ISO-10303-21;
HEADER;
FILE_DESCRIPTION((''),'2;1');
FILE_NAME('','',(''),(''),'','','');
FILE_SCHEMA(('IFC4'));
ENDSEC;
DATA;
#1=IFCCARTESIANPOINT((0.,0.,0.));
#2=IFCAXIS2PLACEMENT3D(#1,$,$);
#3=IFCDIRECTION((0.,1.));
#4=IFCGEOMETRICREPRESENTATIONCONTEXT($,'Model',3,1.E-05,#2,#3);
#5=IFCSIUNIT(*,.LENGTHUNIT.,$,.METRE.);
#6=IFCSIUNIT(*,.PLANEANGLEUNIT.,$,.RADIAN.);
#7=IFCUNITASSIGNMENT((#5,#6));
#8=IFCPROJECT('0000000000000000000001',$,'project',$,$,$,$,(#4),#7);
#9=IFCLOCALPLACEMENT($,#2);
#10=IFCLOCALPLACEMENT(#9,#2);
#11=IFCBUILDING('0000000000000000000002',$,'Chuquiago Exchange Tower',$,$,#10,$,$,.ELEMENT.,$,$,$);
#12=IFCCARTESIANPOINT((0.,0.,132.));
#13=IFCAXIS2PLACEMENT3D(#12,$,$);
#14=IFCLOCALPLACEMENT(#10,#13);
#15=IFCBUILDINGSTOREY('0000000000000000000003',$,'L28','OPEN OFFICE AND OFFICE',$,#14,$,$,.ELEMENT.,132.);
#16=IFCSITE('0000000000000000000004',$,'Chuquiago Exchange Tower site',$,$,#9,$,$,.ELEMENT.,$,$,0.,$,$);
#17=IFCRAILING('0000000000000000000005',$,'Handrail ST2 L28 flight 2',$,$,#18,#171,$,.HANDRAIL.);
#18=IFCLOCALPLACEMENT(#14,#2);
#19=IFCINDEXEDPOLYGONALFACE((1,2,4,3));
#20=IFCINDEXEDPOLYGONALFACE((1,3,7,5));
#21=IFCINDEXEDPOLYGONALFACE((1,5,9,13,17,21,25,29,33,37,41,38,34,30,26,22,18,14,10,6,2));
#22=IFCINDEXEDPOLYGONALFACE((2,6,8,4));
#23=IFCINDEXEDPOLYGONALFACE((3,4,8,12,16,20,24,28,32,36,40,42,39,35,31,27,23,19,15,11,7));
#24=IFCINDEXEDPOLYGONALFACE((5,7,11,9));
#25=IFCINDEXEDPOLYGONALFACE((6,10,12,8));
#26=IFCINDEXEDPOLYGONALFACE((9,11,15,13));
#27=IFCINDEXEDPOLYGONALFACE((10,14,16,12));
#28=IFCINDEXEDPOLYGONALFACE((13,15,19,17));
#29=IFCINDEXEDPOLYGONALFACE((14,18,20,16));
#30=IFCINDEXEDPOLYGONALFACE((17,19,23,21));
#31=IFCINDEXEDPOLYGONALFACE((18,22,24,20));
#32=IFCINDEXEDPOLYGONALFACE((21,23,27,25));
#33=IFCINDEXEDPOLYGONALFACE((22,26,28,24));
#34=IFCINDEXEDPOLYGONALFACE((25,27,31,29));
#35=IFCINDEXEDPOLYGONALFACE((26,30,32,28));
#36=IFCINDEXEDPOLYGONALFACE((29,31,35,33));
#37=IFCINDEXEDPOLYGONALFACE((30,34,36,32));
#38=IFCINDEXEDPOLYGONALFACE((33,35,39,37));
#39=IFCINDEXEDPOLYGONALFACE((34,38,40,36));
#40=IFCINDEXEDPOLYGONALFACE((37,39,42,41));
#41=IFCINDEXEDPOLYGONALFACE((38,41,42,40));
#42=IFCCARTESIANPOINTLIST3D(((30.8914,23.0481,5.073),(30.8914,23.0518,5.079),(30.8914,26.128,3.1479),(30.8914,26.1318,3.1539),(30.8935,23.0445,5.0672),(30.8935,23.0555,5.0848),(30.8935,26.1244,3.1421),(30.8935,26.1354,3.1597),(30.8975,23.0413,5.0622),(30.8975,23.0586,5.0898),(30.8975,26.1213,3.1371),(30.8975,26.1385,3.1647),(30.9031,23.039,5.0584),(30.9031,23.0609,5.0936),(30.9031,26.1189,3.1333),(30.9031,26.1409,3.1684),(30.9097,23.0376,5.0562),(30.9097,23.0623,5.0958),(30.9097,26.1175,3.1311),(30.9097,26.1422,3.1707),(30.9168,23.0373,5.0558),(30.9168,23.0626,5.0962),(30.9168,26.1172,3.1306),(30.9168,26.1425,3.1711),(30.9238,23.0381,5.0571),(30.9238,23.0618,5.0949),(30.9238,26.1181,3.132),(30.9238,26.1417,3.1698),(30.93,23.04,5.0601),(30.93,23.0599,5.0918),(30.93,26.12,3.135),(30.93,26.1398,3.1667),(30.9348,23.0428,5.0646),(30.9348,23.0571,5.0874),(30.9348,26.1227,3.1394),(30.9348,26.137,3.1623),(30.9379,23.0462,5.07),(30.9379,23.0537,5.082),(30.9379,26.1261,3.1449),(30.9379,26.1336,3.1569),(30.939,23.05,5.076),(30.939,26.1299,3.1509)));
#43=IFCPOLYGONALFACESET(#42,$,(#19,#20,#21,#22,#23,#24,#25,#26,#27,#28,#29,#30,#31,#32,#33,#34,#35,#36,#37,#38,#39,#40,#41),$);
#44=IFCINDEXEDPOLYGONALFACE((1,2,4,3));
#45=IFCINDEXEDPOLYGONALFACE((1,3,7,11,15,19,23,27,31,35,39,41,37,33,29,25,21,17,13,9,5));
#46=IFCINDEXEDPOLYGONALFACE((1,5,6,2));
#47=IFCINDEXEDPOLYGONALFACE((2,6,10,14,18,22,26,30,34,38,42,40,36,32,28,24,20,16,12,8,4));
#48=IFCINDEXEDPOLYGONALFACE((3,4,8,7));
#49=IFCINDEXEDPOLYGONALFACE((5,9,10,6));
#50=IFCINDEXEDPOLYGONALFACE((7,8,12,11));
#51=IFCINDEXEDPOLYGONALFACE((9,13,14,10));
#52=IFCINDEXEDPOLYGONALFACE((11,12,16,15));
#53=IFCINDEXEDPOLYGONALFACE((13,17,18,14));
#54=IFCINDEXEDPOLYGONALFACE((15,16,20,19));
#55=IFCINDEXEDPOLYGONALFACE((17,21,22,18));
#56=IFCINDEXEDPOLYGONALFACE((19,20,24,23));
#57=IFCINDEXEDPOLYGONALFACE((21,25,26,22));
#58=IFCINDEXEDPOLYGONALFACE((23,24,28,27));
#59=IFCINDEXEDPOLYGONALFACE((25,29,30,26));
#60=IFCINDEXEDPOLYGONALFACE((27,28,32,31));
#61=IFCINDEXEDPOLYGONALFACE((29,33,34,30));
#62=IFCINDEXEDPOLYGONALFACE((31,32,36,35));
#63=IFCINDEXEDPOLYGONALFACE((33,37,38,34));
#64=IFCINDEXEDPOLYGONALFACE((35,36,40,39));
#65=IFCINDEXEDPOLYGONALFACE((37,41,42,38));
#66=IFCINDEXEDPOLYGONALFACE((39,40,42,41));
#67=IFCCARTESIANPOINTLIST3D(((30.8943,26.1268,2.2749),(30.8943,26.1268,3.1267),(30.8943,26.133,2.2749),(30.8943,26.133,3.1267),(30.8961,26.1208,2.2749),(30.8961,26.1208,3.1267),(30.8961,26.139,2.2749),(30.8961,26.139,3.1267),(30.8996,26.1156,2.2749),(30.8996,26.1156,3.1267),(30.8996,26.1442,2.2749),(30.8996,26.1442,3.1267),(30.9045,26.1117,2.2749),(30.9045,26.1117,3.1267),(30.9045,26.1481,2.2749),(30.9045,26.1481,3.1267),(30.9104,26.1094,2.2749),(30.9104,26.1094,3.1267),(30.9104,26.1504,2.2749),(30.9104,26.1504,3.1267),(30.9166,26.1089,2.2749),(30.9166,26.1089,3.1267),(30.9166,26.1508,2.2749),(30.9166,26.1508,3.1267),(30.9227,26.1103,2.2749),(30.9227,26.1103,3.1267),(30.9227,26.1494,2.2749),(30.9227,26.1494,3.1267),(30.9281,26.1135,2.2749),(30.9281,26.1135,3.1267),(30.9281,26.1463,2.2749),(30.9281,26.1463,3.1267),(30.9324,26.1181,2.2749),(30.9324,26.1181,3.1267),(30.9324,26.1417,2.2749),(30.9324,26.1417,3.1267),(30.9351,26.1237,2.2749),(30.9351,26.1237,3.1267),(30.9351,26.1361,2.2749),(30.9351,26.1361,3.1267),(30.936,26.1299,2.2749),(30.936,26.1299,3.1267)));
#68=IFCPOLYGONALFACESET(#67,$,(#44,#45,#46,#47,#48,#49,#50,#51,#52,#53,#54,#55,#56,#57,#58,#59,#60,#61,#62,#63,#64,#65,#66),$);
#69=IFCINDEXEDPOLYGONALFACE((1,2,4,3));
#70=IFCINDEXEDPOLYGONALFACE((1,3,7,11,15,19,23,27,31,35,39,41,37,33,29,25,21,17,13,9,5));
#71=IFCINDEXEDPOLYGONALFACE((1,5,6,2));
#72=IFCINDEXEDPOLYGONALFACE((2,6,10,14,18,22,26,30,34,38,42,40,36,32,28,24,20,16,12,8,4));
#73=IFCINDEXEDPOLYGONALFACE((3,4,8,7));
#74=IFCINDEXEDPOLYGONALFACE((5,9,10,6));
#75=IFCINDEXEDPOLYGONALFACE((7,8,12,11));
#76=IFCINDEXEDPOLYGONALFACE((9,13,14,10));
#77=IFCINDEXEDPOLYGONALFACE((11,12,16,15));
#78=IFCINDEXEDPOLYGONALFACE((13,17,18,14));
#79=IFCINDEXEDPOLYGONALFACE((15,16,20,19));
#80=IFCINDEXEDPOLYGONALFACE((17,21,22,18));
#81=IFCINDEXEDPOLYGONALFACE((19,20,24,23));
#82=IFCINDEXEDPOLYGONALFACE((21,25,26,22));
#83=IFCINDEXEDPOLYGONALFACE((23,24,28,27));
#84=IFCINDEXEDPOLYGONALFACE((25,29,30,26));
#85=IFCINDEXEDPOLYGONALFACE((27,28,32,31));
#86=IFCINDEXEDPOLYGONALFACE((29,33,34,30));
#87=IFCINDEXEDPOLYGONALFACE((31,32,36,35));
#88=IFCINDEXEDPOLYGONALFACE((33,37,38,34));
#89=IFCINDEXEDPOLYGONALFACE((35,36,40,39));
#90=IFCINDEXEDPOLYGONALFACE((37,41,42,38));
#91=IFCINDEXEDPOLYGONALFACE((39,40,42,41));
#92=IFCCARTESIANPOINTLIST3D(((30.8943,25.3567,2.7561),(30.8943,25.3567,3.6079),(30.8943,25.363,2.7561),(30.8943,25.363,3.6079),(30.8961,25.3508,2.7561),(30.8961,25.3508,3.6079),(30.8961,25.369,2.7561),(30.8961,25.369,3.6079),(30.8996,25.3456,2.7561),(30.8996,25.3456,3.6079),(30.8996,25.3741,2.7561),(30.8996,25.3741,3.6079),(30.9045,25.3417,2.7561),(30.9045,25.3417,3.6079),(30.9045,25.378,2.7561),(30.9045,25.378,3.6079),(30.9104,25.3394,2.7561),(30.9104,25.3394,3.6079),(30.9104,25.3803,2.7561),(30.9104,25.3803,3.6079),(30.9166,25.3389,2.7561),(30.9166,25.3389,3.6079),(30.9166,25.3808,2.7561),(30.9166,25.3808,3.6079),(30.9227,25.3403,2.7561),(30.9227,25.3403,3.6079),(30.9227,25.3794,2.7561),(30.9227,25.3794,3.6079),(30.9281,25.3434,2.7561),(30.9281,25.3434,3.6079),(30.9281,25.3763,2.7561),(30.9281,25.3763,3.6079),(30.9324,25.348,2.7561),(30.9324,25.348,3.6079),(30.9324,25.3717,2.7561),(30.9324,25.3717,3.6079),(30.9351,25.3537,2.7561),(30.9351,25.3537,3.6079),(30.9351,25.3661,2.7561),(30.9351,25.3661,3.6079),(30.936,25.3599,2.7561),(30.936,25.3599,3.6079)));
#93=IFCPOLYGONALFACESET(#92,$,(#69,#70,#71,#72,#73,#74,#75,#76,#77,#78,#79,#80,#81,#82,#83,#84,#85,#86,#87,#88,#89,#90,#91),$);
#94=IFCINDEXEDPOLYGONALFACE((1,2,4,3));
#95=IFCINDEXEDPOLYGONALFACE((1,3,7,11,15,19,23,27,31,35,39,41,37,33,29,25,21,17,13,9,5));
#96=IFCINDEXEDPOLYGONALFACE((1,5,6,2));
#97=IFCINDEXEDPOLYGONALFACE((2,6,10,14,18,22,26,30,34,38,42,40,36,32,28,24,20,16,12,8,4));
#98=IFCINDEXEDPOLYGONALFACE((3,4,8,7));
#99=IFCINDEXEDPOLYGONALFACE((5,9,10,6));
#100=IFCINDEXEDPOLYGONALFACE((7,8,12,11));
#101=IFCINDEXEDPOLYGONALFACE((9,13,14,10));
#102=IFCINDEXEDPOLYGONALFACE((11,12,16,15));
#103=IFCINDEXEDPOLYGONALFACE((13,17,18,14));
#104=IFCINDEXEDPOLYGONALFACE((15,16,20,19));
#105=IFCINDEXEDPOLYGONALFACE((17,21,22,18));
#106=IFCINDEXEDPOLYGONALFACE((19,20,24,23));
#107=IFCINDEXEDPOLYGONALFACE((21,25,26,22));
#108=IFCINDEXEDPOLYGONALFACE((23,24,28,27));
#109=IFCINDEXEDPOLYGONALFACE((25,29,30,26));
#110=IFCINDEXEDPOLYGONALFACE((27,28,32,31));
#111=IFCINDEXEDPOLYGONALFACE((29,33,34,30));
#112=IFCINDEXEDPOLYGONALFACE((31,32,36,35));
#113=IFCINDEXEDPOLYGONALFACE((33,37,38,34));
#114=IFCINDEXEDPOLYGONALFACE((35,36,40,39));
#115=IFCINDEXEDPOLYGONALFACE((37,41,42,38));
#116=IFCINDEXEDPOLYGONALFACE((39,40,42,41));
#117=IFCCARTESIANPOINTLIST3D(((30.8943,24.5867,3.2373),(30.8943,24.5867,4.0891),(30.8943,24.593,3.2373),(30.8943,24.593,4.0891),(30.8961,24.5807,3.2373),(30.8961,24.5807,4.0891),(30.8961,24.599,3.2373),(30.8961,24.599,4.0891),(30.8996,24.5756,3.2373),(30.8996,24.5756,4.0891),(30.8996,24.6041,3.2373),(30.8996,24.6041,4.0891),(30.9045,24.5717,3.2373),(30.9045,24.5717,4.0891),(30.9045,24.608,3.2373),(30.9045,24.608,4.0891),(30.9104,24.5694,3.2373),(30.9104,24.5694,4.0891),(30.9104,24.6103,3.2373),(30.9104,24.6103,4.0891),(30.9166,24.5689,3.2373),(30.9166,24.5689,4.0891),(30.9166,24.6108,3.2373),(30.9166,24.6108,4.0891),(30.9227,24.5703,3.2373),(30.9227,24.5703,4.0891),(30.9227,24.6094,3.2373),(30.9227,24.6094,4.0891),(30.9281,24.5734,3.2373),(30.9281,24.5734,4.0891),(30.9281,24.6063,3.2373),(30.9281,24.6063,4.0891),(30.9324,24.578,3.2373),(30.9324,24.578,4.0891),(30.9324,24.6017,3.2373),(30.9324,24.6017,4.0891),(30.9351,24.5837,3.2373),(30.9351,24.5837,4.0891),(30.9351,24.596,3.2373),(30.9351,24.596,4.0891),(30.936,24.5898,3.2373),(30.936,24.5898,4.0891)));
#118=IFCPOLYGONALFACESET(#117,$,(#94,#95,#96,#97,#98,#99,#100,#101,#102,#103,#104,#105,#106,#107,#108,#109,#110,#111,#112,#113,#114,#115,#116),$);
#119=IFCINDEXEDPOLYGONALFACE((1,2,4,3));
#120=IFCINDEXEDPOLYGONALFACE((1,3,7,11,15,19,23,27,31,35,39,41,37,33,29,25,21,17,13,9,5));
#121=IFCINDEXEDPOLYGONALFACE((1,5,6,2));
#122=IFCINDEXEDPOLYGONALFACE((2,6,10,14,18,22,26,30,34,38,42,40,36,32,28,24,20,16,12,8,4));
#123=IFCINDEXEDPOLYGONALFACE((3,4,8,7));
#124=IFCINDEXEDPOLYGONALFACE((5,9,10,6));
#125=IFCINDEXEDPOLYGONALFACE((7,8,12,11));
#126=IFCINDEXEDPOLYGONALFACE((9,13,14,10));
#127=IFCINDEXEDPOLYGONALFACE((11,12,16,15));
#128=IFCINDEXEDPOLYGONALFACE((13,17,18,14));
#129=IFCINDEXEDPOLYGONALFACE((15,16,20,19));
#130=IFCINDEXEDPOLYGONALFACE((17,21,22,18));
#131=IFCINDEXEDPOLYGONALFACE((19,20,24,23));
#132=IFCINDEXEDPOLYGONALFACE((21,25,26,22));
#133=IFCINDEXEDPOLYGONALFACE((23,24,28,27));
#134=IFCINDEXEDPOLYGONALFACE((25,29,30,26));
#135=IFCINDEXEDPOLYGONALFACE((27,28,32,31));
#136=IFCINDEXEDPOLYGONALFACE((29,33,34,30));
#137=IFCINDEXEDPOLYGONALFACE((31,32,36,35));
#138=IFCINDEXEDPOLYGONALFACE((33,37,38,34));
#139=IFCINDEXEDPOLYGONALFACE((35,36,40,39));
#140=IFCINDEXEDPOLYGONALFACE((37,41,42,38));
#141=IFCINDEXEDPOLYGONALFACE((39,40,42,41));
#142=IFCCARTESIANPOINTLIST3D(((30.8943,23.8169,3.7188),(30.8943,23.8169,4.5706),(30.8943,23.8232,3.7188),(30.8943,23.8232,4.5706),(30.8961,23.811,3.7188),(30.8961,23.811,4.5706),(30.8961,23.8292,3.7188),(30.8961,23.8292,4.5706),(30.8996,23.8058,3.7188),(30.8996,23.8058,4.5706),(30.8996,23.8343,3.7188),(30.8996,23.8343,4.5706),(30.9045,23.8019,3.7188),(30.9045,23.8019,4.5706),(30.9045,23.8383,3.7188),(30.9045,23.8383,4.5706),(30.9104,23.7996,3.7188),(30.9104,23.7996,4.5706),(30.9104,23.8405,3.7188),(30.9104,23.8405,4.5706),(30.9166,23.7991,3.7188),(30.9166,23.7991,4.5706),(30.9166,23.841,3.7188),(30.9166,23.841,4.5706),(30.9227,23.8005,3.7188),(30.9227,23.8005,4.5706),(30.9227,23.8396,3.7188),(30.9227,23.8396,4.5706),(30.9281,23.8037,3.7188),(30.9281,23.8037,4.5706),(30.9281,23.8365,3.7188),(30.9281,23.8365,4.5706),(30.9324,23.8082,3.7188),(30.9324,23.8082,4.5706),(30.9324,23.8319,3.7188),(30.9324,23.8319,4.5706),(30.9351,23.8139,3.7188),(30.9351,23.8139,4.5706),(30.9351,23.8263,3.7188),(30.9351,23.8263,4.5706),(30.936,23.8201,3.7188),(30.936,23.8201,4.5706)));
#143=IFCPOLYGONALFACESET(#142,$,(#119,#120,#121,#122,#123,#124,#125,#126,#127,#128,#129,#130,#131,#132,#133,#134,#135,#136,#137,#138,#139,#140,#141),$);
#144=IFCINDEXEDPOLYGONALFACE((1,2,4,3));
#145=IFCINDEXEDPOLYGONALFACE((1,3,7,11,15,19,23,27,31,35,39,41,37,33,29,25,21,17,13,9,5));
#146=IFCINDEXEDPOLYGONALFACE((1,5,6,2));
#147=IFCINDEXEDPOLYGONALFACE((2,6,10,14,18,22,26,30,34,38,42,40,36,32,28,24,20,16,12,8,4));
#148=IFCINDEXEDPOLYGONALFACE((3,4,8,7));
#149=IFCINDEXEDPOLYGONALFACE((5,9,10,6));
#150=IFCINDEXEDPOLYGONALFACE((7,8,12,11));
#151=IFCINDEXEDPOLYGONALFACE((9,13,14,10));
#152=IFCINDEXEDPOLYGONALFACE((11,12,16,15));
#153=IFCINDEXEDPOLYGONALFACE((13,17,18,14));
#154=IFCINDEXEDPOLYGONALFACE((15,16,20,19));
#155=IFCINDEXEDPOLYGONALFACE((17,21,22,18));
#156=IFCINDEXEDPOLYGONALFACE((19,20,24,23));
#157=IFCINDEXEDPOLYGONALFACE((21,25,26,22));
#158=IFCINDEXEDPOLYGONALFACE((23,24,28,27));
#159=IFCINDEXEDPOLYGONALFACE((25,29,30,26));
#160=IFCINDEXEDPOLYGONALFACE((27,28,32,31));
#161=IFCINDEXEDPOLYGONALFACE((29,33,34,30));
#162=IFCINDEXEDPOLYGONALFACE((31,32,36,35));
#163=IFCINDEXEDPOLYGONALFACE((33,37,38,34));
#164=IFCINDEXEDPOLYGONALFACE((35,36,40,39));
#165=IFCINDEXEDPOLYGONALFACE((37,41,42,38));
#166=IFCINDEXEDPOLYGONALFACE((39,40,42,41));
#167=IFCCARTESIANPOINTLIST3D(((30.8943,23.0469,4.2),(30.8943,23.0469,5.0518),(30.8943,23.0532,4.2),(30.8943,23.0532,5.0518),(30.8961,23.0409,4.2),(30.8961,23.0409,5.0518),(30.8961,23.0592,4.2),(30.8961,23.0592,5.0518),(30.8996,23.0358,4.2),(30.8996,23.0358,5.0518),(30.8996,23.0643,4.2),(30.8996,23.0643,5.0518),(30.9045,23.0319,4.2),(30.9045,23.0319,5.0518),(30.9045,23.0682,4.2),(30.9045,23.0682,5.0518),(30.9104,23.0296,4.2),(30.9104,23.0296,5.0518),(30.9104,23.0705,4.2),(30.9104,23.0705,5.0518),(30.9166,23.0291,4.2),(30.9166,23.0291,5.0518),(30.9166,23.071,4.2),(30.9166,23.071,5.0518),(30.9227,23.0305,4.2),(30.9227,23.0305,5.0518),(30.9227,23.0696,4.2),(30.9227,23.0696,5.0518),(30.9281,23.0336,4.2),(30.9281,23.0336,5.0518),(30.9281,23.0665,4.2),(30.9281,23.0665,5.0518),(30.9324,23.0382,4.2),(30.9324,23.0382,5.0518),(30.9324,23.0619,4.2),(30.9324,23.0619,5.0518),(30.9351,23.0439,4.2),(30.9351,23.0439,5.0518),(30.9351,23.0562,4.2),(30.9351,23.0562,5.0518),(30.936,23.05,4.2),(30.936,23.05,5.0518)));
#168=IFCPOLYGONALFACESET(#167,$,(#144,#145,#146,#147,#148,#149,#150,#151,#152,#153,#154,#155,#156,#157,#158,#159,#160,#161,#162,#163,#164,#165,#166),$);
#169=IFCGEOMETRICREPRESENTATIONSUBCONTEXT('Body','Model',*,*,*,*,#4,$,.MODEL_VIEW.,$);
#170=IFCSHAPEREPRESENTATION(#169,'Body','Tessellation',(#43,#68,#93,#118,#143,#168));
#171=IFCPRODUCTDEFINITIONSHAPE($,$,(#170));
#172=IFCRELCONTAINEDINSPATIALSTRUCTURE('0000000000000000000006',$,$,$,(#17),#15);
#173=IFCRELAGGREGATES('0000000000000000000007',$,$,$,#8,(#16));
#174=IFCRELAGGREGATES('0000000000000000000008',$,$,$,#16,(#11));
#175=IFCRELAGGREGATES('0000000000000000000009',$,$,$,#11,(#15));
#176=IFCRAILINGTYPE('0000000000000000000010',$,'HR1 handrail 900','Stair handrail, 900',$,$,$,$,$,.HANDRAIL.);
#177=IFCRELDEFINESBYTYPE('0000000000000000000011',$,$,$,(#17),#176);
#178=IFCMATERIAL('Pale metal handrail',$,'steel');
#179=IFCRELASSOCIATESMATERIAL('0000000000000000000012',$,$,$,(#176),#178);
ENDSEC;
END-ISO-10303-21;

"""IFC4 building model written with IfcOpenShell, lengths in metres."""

from ifc_helpers import new_model, si_unit, direction, frame, origin, origin_2d, place, context, subcontext, project, spatial, circle, extrude, material, type_object, element, save


model = new_model("IFC4")

# Units and contexts
model_context = context("Model", 3, precision=1e-05, world=origin(), true_north=direction((0.0, 1.0)))
body_context = subcontext(model_context, "Body", "Model", "MODEL_VIEW")
ifc_project = project(units=[si_unit("LENGTHUNIT", "METRE"), si_unit("PLANEANGLEUNIT", "RADIAN")], contexts=[model_context])

# Site, building, storey
site_placement = place(None, origin())
site = spatial("IfcSite", under=ifc_project, at=site_placement, Name="Chuquiago Exchange Tower site", CompositionType="ELEMENT", RefElevation=0.0)
building_placement = place(site_placement, origin())
building = spatial("IfcBuilding", under=site, at=building_placement, Name="Chuquiago Exchange Tower", CompositionType="ELEMENT")
storey_placement = place(building_placement, frame((0.0, 0.0, 132.0)))
storey = spatial("IfcBuildingStorey", under=building, at=storey_placement, Name="L28", Description="OPEN OFFICE AND OFFICE", CompositionType="ELEMENT", Elevation=132.0)

# Railing
ifc_material_1 = material(Name="Pale metal handrail", Category="steel")
railing_type_1 = type_object("IfcRailingType", Name="HR1 handrail 900", Description="Stair handrail, 900", PredefinedType="HANDRAIL", material=ifc_material_1)
for number, where, name in (
    (1, (30.915, 26.1299, 2.2749), "Handrail ST2 L28 flight 2"),
):
    element("IfcRailing", number, at=place(storey_placement, frame(where)), inside=storey, type_object=railing_type_1, Name=name, PredefinedType="HANDRAIL", context=body_context, shape_type="SweptSolid", body=[
        extrude(circle(Radius=0.0239, at=origin_2d()), frame((0.0, 0.0, 0.876), z_axis=(0.0, -0.847979, 0.530029), x_axis=(1.0, 0.0, 0.0)), (0.0, 0.0, 1.0), 3.6321),
        extrude(circle(Radius=0.021, at=origin_2d()), origin(), (0.0, 0.0, 1.0), 0.8518),
        extrude(circle(Radius=0.021, at=origin_2d()), frame((0.0, -0.77, 0.4812)), (0.0, 0.0, 1.0), 0.8518),
        extrude(circle(Radius=0.021, at=origin_2d()), frame((0.0, -1.54, 0.9624)), (0.0, 0.0, 1.0), 0.8518),
        extrude(circle(Radius=0.021, at=origin_2d()), frame((0.0, -2.3098, 1.4438)), (0.0, 0.0, 1.0), 0.8518),
        extrude(circle(Radius=0.021, at=origin_2d()), frame((0.0, -3.0798, 1.925)), (0.0, 0.0, 1.0), 0.8518),
    ])

save(model, "model.ifc")
